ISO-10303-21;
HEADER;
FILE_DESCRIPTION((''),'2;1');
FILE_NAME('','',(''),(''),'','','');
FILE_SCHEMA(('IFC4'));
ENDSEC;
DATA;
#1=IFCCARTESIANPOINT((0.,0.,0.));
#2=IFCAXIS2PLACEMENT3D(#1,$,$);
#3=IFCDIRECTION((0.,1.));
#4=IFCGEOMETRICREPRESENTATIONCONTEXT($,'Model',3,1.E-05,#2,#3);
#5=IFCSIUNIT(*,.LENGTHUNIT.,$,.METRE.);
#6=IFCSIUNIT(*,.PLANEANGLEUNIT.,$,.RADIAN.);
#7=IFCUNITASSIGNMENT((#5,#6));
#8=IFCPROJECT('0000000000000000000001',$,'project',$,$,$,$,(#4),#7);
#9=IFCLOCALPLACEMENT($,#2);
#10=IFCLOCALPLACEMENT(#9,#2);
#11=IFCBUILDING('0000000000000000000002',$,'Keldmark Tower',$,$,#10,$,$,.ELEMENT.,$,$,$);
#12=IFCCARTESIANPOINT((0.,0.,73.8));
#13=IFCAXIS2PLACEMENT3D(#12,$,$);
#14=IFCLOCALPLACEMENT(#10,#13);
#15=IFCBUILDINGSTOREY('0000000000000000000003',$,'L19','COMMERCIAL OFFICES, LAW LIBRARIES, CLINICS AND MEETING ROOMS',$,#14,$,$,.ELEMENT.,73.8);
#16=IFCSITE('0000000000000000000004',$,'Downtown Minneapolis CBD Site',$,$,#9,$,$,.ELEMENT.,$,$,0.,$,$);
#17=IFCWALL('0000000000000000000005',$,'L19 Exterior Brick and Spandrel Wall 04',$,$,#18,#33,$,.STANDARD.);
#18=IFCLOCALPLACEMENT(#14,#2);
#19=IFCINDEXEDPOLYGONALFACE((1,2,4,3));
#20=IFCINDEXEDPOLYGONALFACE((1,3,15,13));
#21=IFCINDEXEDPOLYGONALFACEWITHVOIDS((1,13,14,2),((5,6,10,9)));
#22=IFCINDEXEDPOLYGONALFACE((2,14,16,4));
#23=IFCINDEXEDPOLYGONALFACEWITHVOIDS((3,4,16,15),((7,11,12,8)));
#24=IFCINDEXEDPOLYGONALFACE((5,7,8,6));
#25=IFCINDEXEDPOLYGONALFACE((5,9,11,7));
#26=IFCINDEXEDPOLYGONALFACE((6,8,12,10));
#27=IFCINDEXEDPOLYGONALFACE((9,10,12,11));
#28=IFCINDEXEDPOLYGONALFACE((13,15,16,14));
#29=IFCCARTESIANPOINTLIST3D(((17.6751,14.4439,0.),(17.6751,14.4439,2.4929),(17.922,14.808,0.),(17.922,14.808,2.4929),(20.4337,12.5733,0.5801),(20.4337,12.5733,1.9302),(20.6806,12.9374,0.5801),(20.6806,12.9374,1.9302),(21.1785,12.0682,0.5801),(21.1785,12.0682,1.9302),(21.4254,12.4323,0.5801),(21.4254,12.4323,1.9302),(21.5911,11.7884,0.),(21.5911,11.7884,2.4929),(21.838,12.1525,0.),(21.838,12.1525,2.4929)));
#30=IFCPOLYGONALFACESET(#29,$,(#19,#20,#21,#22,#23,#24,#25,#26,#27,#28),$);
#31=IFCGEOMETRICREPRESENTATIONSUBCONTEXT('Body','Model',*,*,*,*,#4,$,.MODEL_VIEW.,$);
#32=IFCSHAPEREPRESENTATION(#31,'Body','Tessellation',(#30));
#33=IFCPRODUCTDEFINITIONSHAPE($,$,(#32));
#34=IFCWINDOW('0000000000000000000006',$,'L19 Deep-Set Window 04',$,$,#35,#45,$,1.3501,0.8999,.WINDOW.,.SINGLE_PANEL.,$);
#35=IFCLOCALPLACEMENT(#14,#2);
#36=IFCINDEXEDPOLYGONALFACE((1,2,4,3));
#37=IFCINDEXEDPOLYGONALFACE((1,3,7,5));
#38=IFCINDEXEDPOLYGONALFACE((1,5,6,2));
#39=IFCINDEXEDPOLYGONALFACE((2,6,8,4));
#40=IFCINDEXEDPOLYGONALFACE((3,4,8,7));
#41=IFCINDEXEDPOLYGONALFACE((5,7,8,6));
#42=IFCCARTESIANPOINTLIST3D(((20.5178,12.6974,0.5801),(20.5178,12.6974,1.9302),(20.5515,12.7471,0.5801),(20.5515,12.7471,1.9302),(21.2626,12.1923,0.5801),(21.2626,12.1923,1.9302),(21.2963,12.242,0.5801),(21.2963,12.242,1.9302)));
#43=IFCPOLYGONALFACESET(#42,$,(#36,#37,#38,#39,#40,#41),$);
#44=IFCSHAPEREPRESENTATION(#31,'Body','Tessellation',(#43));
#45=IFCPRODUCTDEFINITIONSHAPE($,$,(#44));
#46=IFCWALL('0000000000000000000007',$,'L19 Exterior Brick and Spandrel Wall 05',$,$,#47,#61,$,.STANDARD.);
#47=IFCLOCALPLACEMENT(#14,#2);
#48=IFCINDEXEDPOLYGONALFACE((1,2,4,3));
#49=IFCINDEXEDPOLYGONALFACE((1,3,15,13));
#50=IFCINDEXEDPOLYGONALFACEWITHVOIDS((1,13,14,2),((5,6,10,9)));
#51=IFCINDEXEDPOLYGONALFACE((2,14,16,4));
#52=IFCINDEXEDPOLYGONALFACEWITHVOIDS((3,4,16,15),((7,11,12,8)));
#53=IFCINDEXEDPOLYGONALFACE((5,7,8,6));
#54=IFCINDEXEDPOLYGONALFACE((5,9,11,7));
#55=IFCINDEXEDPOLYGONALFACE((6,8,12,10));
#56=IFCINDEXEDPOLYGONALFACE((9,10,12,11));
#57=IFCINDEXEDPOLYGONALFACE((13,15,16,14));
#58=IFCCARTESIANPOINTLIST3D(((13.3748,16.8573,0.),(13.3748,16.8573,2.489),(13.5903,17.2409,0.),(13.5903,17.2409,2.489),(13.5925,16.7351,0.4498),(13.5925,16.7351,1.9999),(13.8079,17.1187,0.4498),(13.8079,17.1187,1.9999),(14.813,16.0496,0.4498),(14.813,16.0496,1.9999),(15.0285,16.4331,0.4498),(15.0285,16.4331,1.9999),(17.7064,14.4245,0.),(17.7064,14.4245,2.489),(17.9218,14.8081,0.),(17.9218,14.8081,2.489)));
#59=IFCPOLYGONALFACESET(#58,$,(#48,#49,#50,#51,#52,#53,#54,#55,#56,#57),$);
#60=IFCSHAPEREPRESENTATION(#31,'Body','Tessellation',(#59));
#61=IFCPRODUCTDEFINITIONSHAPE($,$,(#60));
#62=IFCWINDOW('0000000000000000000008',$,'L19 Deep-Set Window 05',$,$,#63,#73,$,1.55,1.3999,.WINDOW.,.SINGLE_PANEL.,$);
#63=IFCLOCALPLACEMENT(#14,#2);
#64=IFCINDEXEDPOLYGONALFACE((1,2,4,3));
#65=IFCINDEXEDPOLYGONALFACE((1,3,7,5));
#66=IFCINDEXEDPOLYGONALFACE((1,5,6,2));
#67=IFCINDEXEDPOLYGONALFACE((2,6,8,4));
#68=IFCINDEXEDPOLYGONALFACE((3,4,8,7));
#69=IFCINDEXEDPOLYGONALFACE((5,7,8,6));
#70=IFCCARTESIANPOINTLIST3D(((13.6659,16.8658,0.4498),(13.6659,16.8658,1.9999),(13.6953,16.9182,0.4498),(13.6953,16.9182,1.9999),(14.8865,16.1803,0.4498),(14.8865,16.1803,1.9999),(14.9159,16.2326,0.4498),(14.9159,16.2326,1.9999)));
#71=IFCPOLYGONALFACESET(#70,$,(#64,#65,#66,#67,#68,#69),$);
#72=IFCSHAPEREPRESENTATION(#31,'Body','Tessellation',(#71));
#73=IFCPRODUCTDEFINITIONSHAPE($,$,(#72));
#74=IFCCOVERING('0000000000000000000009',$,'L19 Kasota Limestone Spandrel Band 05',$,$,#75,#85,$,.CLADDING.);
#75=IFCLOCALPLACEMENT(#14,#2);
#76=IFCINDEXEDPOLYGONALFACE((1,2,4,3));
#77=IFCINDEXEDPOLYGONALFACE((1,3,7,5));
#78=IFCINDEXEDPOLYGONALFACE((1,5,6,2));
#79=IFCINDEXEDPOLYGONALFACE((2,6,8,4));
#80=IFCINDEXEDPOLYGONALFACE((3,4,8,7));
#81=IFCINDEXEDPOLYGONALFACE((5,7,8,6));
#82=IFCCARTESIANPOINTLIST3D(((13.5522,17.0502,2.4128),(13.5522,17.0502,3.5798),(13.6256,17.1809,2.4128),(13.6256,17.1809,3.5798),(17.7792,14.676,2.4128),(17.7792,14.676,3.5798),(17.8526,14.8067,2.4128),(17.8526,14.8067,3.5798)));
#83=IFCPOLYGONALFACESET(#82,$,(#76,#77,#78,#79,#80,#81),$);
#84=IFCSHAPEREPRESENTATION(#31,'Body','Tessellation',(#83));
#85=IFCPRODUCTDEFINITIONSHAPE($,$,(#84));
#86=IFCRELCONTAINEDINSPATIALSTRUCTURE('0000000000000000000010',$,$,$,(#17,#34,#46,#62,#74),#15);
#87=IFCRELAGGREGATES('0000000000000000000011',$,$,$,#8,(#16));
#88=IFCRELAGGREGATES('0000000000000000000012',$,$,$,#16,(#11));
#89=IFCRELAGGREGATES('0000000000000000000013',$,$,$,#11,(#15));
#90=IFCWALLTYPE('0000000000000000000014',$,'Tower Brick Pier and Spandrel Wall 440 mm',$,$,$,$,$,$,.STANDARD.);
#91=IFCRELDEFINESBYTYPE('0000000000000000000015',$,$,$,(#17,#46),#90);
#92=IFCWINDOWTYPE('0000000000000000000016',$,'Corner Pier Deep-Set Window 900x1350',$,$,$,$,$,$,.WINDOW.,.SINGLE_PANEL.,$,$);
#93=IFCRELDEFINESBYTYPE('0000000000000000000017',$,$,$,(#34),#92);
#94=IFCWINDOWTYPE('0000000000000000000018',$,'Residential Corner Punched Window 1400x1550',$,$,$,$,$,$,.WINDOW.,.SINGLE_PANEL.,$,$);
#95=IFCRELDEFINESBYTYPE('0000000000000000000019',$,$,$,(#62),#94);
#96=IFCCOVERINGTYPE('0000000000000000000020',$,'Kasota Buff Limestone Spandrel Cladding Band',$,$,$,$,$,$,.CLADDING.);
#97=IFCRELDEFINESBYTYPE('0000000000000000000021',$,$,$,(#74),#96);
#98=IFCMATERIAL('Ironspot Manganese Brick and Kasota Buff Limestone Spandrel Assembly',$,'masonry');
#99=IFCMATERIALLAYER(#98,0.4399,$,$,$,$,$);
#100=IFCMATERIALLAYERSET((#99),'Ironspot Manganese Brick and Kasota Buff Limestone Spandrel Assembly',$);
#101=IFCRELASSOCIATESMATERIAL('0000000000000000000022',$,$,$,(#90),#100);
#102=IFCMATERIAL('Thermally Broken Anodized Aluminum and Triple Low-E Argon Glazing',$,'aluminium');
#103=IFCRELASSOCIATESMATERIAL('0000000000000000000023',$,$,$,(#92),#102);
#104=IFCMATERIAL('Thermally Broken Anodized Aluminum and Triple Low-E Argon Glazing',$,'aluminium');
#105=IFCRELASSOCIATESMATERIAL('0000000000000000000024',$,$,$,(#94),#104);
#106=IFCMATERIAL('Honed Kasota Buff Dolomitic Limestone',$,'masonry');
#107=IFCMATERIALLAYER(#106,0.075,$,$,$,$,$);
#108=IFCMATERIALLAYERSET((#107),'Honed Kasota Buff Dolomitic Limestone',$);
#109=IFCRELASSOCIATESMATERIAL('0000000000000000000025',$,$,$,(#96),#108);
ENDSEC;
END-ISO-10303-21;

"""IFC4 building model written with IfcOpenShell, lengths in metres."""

from ifc_helpers import new_model, si_unit, direction, frame, frame_2d, origin, origin_2d, place, context, subcontext, project, spatial, rectangle, extrude, material, layer, layer_set, type_object, element, fill, save


model = new_model("IFC4")

# Units and contexts
model_context = context("Model", 3, precision=1e-05, world=origin(), true_north=direction((0.0, 1.0)))
body_context = subcontext(model_context, "Body", "Model", "MODEL_VIEW")
ifc_project = project(units=[si_unit("LENGTHUNIT", "METRE"), si_unit("PLANEANGLEUNIT", "RADIAN")], contexts=[model_context])

# Site, building, storey
site_placement = place(None, origin())
site = spatial("IfcSite", under=ifc_project, at=site_placement, Name="Downtown Minneapolis CBD Site", CompositionType="ELEMENT", RefElevation=0.0)
building_placement = place(site_placement, origin())
building = spatial("IfcBuilding", under=site, at=building_placement, Name="Keldmark Tower", CompositionType="ELEMENT")
storey_placement = place(building_placement, frame((0.0, 0.0, 73.8)))
storey = spatial("IfcBuildingStorey", under=building, at=storey_placement, Name="L19", Description="COMMERCIAL OFFICES, LAW LIBRARIES, CLINICS AND MEETING ROOMS", CompositionType="ELEMENT", Elevation=73.8)

# Walls, openings, windows
ifc_material_1 = material(Name="Ironspot Manganese Brick and Kasota Buff Limestone Spandrel Assembly", Category="masonry")
ifc_layer_1 = layer(ifc_material_1, 0.4399)
ifc_layer_set_1 = layer_set([ifc_layer_1], Name="Ironspot Manganese Brick and Kasota Buff Limestone Spandrel Assembly")
wall_type_1 = type_object("IfcWallType", Name="Tower Brick Pier and Spandrel Wall 440 mm", PredefinedType="STANDARD", material=ifc_layer_set_1)
wall_1_placement = place(storey_placement, frame((17.7986, 14.626, 0.0), z_axis=(0.0, 0.0, 1.0), x_axis=(0.82765, -0.561244, 0.0)))
wall_1 = element("IfcWall", 1, at=wall_1_placement, inside=storey, type_object=wall_type_1, Name="L19 Exterior Brick and Spandrel Wall 04", PredefinedType="STANDARD", context=body_context, shape_type="SweptSolid", body=[
    extrude(rectangle(XDim=4.7314, YDim=0.4399, at=frame_2d((2.3657, 0.0))), origin(), (0.0, 0.0, 1.0), 2.4929),
])
opening_1_placement = place(wall_1_placement, frame((3.333, 0.0, 0.5801)))
opening_1 = element("IfcOpeningElement", 2, at=opening_1_placement, cuts=wall_1, PredefinedType="OPENING", context=body_context, shape_type="SweptSolid", body=[
    extrude(rectangle(XDim=0.8999, YDim=1.3501, at=frame_2d((0.45, 0.675))), frame((0.0, 0.23, 0.0), z_axis=(0.0, -1.0, 0.0), x_axis=(1.0, 0.0, 0.0)), (0.0, 0.0, 1.0), 0.46),
])
ifc_material_2 = material(Name="Thermally Broken Anodized Aluminum and Triple Low-E Argon Glazing", Category="aluminium")
window_type_1 = type_object("IfcWindowType", Name="Corner Pier Deep-Set Window 900x1350", PartitioningType="SINGLE_PANEL", PredefinedType="WINDOW", material=ifc_material_2)
window_1_placement = place(opening_1_placement, origin())
window_1 = element("IfcWindow", 3, at=window_1_placement, inside=storey, type_object=window_type_1, Name="L19 Deep-Set Window 04", OverallHeight=1.3501, OverallWidth=0.8999, PartitioningType="SINGLE_PANEL", PredefinedType="WINDOW", context=body_context, shape_type="SweptSolid", body=[
    extrude(rectangle(XDim=0.8999, YDim=1.3501, at=frame_2d((0.45, 0.675))), frame((0.0, -0.01, 0.0), z_axis=(0.0, -1.0, 0.0), x_axis=(1.0, 0.0, 0.0)), (0.0, 0.0, 1.0), 0.0601),
])
fill(opening_1, window_1)
wall_2_placement = place(storey_placement, frame((13.4827, 17.0491, 0.0), z_axis=(0.0, 0.0, 1.0), x_axis=(0.871888, -0.489706, 0.0)))
wall_2 = element("IfcWall", 4, at=wall_2_placement, inside=storey, type_object=wall_type_1, Name="L19 Exterior Brick and Spandrel Wall 05", PredefinedType="STANDARD", context=body_context, shape_type="SweptSolid", body=[
    extrude(rectangle(XDim=4.968, YDim=0.4399, at=frame_2d((2.4839, 0.0))), origin(), (0.0, 0.0, 1.0), 2.489),
])
opening_2_placement = place(wall_2_placement, frame((0.2495, 0.0, 0.45)))
opening_2 = element("IfcOpeningElement", 5, at=opening_2_placement, cuts=wall_2, PredefinedType="OPENING", context=body_context, shape_type="SweptSolid", body=[
    extrude(rectangle(XDim=1.3999, YDim=1.55, at=frame_2d((0.7, 0.7749))), frame((0.0, 0.23, 0.0), z_axis=(0.0, -1.0, 0.0), x_axis=(1.0, 0.0, 0.0)), (0.0, 0.0, 1.0), 0.46),
])
ifc_material_3 = material(Name="Thermally Broken Anodized Aluminum and Triple Low-E Argon Glazing", Category="aluminium")
window_type_2 = type_object("IfcWindowType", Name="Residential Corner Punched Window 1400x1550", PartitioningType="SINGLE_PANEL", PredefinedType="WINDOW", material=ifc_material_3)
window_2_placement = place(opening_2_placement, origin())
window_2 = element("IfcWindow", 6, at=window_2_placement, inside=storey, type_object=window_type_2, Name="L19 Deep-Set Window 05", OverallHeight=1.55, OverallWidth=1.3999, PartitioningType="SINGLE_PANEL", PredefinedType="WINDOW", context=body_context, shape_type="SweptSolid", body=[
    extrude(rectangle(XDim=1.3999, YDim=1.55, at=frame_2d((0.7, 0.7749))), frame((0.0, -0.01, 0.0), z_axis=(0.0, -1.0, 0.0), x_axis=(1.0, 0.0, 0.0)), (0.0, 0.0, 1.0), 0.0601),
])
fill(opening_2, window_2)

# Covering
ifc_material_4 = material(Name="Honed Kasota Buff Dolomitic Limestone", Category="masonry")
ifc_layer_2 = layer(ifc_material_4, 0.075)
ifc_layer_set_2 = layer_set([ifc_layer_2], Name="Honed Kasota Buff Dolomitic Limestone")
covering_type = type_object("IfcCoveringType", Name="Kasota Buff Limestone Spandrel Cladding Band", PredefinedType="CLADDING", material=ifc_layer_set_2)
covering_placement = place(storey_placement, frame((15.7024, 15.9285, 2.4128), z_axis=(0.0, 0.0, 1.0), x_axis=(-0.87189, 0.489702, 0.0)))
element("IfcCovering", 7, at=covering_placement, inside=storey, type_object=covering_type, Name="L19 Kasota Limestone Spandrel Band 05", PredefinedType="CLADDING", context=body_context, shape_type="SweptSolid", body=[
    extrude(rectangle(XDim=4.8481, YDim=0.1499, at=origin_2d()), origin(), (0.0, 0.0, 1.0), 1.167),
])

save(model, "model.ifc")
